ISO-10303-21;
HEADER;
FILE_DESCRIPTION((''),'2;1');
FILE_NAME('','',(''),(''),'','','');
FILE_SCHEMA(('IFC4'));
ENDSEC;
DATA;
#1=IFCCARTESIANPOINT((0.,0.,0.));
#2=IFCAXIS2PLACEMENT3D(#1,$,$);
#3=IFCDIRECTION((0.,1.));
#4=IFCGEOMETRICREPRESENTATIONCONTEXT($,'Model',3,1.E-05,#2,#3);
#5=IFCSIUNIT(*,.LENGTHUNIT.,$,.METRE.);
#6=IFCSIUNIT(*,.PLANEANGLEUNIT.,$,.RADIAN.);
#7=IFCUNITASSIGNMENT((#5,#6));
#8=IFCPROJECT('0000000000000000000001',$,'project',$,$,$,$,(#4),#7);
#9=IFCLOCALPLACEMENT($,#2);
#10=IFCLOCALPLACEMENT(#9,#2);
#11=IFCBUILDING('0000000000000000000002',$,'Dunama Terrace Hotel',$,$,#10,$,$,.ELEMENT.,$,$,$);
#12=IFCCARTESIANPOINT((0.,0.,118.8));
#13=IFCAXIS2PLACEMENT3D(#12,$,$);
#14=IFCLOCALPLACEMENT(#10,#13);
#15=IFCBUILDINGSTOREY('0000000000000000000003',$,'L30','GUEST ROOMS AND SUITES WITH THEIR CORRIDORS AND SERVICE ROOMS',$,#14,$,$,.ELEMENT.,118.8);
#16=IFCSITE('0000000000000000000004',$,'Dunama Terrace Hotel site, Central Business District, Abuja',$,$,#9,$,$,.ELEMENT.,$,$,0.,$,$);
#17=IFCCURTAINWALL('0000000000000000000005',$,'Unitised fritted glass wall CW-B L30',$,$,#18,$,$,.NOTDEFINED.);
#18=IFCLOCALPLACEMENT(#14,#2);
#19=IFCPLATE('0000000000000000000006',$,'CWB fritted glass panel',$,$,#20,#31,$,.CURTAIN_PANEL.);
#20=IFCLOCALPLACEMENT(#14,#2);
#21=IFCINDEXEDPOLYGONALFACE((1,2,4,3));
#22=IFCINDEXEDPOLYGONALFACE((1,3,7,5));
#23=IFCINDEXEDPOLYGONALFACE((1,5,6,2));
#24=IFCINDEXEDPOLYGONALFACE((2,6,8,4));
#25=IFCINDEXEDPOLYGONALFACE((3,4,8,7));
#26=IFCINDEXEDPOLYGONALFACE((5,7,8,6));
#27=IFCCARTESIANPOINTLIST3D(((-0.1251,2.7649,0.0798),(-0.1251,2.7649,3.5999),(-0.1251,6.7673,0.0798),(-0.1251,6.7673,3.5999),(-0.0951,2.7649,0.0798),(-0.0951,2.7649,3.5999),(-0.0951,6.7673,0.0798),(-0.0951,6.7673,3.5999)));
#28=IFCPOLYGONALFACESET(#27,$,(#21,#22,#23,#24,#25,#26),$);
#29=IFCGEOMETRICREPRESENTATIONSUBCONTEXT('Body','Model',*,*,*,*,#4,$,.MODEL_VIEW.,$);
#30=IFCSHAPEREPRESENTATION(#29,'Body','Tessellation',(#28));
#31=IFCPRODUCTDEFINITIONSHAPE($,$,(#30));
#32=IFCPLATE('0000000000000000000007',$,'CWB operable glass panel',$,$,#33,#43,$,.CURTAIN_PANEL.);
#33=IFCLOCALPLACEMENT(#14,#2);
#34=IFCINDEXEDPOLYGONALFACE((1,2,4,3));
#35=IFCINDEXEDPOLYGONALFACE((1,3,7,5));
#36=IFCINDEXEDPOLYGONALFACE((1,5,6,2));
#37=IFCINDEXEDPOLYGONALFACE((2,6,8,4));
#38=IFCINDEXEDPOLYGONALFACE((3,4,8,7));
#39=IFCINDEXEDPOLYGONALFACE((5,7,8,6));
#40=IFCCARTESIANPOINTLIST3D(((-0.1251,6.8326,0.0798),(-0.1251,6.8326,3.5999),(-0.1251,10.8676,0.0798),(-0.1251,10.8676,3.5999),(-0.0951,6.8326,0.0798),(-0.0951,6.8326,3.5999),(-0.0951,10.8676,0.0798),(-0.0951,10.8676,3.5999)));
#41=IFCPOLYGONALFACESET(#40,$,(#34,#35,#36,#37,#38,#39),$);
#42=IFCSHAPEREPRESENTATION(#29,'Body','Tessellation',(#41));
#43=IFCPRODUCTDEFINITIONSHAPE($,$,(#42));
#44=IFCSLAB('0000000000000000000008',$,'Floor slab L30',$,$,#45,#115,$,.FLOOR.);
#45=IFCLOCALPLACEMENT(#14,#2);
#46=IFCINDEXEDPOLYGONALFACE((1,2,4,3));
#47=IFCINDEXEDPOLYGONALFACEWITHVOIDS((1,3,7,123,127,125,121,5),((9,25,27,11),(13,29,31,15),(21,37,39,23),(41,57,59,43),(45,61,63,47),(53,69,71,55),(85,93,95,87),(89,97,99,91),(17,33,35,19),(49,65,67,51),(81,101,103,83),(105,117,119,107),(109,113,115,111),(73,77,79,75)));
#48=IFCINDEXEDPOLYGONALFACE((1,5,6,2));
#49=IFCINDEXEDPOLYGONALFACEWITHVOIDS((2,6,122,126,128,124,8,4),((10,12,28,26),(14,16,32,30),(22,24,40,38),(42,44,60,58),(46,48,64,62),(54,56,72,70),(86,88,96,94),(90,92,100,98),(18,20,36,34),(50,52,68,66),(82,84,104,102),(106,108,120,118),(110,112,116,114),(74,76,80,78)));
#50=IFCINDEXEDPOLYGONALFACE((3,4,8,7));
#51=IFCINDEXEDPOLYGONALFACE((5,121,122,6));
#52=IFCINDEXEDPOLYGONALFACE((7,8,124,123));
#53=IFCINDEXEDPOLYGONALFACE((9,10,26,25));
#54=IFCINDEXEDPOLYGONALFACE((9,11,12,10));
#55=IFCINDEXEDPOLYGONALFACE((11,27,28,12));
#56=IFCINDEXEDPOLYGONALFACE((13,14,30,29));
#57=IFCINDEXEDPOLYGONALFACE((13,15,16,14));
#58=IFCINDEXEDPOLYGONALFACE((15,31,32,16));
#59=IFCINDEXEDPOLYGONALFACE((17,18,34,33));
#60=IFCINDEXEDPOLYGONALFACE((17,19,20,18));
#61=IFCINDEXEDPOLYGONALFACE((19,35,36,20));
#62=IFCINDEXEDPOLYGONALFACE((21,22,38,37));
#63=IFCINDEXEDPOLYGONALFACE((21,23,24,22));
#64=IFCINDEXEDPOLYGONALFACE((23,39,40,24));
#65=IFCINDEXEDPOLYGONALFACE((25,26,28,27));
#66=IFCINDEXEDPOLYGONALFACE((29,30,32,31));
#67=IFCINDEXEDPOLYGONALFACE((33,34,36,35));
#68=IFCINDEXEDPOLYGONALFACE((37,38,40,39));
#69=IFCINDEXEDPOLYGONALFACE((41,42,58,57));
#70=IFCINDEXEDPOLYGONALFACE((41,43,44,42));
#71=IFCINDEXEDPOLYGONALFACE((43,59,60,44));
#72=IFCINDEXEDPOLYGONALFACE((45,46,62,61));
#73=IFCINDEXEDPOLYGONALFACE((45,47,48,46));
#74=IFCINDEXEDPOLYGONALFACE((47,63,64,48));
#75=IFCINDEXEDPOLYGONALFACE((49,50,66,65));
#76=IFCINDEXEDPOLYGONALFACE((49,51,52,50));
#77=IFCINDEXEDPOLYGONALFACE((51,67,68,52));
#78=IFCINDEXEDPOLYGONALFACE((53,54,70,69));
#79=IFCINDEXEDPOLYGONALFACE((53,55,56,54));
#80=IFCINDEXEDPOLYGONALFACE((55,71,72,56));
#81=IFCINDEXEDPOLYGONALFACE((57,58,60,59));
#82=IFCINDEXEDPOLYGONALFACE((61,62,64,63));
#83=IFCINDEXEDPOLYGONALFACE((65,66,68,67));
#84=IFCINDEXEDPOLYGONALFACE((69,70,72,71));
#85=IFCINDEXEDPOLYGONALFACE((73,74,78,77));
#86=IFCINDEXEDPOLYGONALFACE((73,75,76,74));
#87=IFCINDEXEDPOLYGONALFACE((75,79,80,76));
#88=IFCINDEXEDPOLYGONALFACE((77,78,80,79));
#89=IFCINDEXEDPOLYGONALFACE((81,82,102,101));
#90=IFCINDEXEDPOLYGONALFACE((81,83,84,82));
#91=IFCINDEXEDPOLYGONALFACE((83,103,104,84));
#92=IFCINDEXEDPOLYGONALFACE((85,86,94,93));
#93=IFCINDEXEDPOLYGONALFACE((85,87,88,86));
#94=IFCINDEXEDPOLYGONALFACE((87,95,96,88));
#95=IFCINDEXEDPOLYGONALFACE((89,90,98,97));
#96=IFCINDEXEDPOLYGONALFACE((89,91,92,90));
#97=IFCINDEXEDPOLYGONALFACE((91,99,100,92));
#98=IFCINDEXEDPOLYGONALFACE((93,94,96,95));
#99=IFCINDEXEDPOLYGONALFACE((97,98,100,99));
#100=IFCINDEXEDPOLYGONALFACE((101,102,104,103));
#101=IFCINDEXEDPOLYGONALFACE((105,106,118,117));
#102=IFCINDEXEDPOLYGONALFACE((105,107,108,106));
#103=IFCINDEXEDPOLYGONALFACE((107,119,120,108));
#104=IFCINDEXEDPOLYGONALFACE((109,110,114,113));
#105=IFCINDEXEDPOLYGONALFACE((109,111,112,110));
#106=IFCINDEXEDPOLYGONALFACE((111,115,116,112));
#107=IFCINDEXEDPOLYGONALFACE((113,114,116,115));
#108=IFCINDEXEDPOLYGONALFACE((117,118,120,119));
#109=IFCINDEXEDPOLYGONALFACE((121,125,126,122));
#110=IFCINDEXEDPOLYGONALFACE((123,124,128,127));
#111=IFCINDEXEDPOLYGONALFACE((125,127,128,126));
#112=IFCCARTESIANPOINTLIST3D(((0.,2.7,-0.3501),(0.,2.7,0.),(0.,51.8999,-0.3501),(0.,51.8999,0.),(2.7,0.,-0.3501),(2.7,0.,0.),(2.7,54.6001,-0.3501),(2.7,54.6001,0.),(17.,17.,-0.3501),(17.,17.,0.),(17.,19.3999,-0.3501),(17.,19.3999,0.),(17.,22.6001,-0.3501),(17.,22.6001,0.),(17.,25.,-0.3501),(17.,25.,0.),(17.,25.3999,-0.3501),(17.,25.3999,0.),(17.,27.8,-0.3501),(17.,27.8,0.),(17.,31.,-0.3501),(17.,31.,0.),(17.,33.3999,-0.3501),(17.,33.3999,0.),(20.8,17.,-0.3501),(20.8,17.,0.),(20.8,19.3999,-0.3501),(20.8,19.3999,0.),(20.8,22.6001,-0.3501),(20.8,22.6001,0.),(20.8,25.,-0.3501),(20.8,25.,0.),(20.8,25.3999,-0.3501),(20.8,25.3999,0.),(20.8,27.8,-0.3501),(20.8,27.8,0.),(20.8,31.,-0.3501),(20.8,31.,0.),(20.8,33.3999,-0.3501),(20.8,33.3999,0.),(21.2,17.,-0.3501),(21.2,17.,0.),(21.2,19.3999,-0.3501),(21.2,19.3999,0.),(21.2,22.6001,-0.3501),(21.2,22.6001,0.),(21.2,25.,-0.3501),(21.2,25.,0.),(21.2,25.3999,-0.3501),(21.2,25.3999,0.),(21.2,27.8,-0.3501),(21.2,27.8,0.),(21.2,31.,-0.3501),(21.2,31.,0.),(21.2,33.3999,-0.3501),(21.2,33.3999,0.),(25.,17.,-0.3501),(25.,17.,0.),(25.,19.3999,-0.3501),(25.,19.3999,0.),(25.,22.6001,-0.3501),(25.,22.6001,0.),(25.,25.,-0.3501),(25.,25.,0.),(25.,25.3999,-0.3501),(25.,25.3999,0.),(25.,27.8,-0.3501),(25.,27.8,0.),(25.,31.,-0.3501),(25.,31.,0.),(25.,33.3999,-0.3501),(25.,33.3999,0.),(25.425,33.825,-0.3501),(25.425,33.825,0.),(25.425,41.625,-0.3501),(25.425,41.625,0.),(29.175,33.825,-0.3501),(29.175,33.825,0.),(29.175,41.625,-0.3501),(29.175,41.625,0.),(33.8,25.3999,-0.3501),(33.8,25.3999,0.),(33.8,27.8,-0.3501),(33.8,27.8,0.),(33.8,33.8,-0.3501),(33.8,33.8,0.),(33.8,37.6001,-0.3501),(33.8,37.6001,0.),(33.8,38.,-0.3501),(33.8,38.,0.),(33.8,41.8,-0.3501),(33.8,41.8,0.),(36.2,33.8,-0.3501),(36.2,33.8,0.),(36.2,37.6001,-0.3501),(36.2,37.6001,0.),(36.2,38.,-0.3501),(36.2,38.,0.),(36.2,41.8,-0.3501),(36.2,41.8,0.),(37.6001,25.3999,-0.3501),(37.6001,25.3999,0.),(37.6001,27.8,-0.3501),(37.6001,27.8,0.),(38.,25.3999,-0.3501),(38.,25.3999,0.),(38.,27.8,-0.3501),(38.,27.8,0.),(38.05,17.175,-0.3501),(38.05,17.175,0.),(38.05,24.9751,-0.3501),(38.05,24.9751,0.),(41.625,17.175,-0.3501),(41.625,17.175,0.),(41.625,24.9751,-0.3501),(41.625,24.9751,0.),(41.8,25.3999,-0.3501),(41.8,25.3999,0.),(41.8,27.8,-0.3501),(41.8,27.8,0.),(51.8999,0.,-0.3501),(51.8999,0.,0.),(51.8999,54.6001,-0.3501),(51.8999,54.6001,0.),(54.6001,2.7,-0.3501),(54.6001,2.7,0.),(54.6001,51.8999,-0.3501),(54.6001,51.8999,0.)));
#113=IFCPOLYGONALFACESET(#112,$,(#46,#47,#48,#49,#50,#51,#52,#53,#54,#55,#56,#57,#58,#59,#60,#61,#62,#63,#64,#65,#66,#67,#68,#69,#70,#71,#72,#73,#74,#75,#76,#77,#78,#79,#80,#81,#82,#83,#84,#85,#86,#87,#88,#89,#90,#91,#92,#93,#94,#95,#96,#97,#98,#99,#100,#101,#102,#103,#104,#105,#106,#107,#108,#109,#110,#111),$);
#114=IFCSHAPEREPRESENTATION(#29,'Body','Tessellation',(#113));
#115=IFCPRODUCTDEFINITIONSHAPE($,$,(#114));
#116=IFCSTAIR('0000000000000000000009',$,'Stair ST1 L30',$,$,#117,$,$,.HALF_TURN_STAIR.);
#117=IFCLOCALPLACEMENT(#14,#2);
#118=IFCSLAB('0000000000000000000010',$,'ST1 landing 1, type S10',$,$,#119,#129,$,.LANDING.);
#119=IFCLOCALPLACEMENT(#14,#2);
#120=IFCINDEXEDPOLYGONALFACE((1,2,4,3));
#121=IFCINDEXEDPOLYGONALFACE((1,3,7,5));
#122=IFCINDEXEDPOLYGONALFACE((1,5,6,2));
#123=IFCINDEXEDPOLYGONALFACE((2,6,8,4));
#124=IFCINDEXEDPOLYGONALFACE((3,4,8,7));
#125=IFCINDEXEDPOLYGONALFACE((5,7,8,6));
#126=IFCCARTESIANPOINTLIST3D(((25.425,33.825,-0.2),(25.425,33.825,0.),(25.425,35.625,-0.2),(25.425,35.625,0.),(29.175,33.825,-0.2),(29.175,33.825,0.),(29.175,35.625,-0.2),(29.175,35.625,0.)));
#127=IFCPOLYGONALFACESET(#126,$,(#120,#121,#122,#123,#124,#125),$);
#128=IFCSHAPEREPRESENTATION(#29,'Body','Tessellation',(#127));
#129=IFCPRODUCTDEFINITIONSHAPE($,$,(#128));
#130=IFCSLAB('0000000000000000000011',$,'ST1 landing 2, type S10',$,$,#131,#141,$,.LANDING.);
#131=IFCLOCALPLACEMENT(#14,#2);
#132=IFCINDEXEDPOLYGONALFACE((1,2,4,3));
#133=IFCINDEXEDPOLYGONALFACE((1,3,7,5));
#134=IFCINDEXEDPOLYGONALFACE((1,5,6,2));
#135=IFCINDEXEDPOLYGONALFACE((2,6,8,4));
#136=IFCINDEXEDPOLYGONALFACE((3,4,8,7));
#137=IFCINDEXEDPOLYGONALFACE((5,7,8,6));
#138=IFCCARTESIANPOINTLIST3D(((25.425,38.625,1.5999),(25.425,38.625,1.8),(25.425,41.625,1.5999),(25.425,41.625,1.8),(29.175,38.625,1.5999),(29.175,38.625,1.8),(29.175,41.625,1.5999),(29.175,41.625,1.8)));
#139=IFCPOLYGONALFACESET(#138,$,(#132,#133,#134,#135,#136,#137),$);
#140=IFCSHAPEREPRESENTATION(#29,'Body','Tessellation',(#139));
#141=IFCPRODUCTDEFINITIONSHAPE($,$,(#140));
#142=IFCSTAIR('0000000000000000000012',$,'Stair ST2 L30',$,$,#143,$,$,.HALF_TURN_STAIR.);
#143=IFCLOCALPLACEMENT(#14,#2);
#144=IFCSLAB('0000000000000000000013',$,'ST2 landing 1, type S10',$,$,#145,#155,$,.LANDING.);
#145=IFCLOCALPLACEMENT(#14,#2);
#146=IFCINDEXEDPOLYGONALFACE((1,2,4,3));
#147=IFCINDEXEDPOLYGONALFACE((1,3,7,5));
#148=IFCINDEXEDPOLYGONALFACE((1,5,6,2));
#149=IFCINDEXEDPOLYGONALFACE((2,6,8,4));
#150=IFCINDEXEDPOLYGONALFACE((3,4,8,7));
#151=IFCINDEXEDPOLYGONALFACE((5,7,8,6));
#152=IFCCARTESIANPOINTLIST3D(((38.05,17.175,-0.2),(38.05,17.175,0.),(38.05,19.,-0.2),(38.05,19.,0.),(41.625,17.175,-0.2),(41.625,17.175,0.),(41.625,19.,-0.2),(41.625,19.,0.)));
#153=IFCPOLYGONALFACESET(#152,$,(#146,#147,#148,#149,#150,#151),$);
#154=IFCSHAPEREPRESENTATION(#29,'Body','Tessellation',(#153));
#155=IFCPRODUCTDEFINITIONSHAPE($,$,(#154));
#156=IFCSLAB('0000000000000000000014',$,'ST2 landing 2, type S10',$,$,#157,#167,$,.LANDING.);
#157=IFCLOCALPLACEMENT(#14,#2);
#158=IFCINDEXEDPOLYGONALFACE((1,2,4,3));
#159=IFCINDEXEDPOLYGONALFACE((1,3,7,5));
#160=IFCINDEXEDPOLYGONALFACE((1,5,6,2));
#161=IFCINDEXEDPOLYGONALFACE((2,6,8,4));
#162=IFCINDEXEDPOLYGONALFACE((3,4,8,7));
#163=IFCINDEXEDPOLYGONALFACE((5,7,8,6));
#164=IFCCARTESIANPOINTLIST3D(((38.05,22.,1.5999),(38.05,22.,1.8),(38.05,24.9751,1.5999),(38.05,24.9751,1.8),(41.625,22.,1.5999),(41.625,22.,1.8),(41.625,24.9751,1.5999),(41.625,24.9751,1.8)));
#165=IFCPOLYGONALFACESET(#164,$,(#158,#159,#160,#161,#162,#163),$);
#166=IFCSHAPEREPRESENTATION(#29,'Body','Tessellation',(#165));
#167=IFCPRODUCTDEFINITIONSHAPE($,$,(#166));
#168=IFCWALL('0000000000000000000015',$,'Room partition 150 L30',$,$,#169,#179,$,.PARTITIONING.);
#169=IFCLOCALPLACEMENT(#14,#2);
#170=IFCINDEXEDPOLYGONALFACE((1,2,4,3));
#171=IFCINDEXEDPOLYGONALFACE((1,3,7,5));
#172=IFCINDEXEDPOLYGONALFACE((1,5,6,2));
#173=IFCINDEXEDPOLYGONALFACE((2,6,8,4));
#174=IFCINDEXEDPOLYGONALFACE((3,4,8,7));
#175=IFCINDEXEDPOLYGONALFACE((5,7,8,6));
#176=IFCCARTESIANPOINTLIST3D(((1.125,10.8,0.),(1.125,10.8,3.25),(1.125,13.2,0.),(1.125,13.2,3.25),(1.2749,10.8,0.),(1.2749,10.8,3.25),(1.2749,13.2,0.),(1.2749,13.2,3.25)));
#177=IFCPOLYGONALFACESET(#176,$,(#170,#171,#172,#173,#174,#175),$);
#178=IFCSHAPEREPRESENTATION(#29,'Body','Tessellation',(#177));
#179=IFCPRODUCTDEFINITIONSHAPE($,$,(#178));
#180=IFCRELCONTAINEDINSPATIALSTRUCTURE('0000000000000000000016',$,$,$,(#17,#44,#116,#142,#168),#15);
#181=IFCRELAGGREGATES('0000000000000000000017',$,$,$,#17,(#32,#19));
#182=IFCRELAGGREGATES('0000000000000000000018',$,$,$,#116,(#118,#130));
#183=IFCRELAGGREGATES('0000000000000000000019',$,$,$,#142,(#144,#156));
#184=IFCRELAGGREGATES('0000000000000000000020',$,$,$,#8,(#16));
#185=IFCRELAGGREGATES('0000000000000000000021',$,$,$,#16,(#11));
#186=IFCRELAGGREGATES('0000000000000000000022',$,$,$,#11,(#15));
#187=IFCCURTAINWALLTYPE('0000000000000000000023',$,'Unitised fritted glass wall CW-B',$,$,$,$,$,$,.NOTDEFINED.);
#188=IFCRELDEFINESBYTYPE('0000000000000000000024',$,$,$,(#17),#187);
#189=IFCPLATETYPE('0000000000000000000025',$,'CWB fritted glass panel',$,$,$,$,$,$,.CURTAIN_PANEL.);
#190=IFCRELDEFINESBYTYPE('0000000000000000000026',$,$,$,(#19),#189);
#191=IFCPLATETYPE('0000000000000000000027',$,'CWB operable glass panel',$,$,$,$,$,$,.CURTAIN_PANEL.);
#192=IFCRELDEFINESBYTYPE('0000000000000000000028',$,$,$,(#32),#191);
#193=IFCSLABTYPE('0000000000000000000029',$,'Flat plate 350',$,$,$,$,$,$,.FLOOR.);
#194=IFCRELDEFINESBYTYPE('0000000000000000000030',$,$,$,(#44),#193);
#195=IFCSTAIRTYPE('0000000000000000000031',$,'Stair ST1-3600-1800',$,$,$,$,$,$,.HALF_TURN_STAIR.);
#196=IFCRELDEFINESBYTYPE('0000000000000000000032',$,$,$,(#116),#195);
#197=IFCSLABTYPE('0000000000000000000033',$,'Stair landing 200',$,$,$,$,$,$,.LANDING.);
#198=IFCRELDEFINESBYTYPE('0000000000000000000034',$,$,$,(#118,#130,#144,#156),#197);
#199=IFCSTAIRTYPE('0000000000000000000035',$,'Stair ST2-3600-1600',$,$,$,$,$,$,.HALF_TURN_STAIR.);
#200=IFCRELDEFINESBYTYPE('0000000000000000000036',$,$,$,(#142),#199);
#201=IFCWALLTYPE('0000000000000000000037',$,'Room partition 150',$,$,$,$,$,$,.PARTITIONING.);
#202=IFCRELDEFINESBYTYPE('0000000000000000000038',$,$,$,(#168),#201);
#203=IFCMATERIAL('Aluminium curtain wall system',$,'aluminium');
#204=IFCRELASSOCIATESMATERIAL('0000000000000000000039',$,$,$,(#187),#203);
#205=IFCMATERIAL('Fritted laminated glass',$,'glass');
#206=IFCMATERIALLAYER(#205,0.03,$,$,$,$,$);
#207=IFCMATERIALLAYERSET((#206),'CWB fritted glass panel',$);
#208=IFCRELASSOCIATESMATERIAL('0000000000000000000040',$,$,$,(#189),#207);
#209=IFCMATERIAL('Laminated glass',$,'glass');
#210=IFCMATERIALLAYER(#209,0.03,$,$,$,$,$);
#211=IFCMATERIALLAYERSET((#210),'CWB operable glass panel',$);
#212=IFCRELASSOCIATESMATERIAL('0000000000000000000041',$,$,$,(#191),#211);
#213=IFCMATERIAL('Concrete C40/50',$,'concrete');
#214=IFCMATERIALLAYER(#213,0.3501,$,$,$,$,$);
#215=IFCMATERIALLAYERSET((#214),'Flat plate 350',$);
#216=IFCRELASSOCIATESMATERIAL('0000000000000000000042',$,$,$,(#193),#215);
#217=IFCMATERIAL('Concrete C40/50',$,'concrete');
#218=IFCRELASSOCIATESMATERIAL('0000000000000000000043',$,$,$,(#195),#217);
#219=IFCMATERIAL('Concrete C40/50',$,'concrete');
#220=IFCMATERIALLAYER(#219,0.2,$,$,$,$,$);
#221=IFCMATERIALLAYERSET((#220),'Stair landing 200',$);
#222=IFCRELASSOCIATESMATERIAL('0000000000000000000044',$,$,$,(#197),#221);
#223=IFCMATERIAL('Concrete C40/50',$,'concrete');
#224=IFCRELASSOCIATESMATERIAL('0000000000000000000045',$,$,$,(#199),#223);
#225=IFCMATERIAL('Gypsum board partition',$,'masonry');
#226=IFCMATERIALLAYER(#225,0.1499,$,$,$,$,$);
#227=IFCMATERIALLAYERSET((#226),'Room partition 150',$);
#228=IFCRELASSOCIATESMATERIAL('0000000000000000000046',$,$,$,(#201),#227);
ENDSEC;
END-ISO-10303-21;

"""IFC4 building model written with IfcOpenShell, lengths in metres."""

from ifc_helpers import new_model, si_unit, direction, frame, frame_2d, origin, origin_2d, place, context, subcontext, project, spatial, polyline, rectangle, outline, extrude, material, layer, layer_set, type_object, element, aggregate, save


model = new_model("IFC4")

# Units and contexts
model_context = context("Model", 3, precision=1e-05, world=origin(), true_north=direction((0.0, 1.0)))
body_context = subcontext(model_context, "Body", "Model", "MODEL_VIEW")
ifc_project = project(units=[si_unit("LENGTHUNIT", "METRE"), si_unit("PLANEANGLEUNIT", "RADIAN")], contexts=[model_context])

# Site, building, storey
site_placement = place(None, origin())
site = spatial("IfcSite", under=ifc_project, at=site_placement, Name="Dunama Terrace Hotel site, Central Business District, Abuja", CompositionType="ELEMENT", RefElevation=0.0)
building_placement = place(site_placement, origin())
building = spatial("IfcBuilding", under=site, at=building_placement, Name="Dunama Terrace Hotel", CompositionType="ELEMENT")
storey_placement = place(building_placement, frame((0.0, 0.0, 118.8)))
storey = spatial("IfcBuildingStorey", under=building, at=storey_placement, Name="L30", Description="GUEST ROOMS AND SUITES WITH THEIR CORRIDORS AND SERVICE ROOMS", CompositionType="ELEMENT", Elevation=118.8)

# Shared definitions
ifc_material_1 = material(Name="Aluminium curtain wall system", Category="aluminium")
curtain_wall_type = type_object("IfcCurtainWallType", Name="Unitised fritted glass wall CW-B", PredefinedType="NOTDEFINED", material=ifc_material_1)

# Curtain wall
curtain_wall_1_placement = place(storey_placement, origin())
curtain_wall_1 = element("IfcCurtainWall", 1, at=curtain_wall_1_placement, inside=storey, type_object=curtain_wall_type, Name="Unitised fritted glass wall CW-B L30", PredefinedType="NOTDEFINED")

# Plates
ifc_material_2 = material(Name="Fritted laminated glass", Category="glass")
ifc_layer_1 = layer(ifc_material_2, 0.03)
ifc_layer_set_1 = layer_set([ifc_layer_1], Name="CWB fritted glass panel")
plate_type_1 = type_object("IfcPlateType", Name="CWB fritted glass panel", PredefinedType="CURTAIN_PANEL", material=ifc_layer_set_1)
plate_1_placement = place(storey_placement, frame((-0.1101, 4.7661, 0.0798), z_axis=(0.0, 0.0, 1.0), x_axis=(0.0, -1.0, 0.0)))
plate_1 = element("IfcPlate", 2, at=plate_1_placement, type_object=plate_type_1, Name="CWB fritted glass panel", PredefinedType="CURTAIN_PANEL", context=body_context, shape_type="SweptSolid", body=[
    extrude(rectangle(XDim=4.0024, YDim=0.03, at=origin_2d()), origin(), (0.0, 0.0, 1.0), 3.52),
])
ifc_material_3 = material(Name="Laminated glass", Category="glass")
ifc_layer_2 = layer(ifc_material_3, 0.03)
ifc_layer_set_2 = layer_set([ifc_layer_2], Name="CWB operable glass panel")
plate_type_2 = type_object("IfcPlateType", Name="CWB operable glass panel", PredefinedType="CURTAIN_PANEL", material=ifc_layer_set_2)
plate_2_placement = place(storey_placement, frame((-0.1101, 8.8501, 0.0798), z_axis=(0.0, 0.0, 1.0), x_axis=(0.0, -1.0, 0.0)))
plate_2 = element("IfcPlate", 3, at=plate_2_placement, type_object=plate_type_2, Name="CWB operable glass panel", PredefinedType="CURTAIN_PANEL", context=body_context, shape_type="SweptSolid", body=[
    extrude(rectangle(XDim=4.0349, YDim=0.03, at=origin_2d()), origin(), (0.0, 0.0, 1.0), 3.52),
])
aggregate(curtain_wall_1, [plate_2, plate_1])

# Slab
ifc_material_4 = material(Name="Concrete C40/50", Category="concrete")
ifc_layer_3 = layer(ifc_material_4, 0.3501)
ifc_layer_set_3 = layer_set([ifc_layer_3], Name="Flat plate 350")
slab_type_1 = type_object("IfcSlabType", Name="Flat plate 350", PredefinedType="FLOOR", material=ifc_layer_set_3)
slab_1_placement = place(storey_placement, frame((0.0, 0.0, -0.3501)))
element("IfcSlab", 4, at=slab_1_placement, inside=storey, type_object=slab_type_1, Name="Floor slab L30", PredefinedType="FLOOR", context=body_context, shape_type="SweptSolid", body=[
    extrude(outline(polyline([(2.7, 0.0), (51.8999, 0.0), (54.6001, 2.7), (54.6001, 51.8999), (51.8999, 54.6001), (2.7, 54.6001), (0.0, 51.8999), (0.0, 2.7), (2.7, 0.0)]), holes=[polyline([(37.6001, 25.3999), (37.6001, 27.8), (33.8, 27.8), (33.8, 25.3999), (37.6001, 25.3999)]), polyline([(41.8, 25.3999), (41.8, 27.8), (38.0, 27.8), (38.0, 25.3999), (41.8, 25.3999)]), polyline([(20.8, 17.0), (20.8, 19.3999), (17.0, 19.3999), (17.0, 17.0), (20.8, 17.0)]), polyline([(25.0, 17.0), (25.0, 19.3999), (21.2, 19.3999), (21.2, 17.0), (25.0, 17.0)]), polyline([(20.8, 22.6001), (20.8, 25.0), (17.0, 25.0), (17.0, 22.6001), (20.8, 22.6001)]), polyline([(25.0, 22.6001), (25.0, 25.0), (21.2, 25.0), (21.2, 22.6001), (25.0, 22.6001)]), polyline([(20.8, 25.3999), (20.8, 27.8), (17.0, 27.8), (17.0, 25.3999), (20.8, 25.3999)]), polyline([(25.0, 25.3999), (25.0, 27.8), (21.2, 27.8), (21.2, 25.3999), (25.0, 25.3999)]), polyline([(20.8, 31.0), (20.8, 33.3999), (17.0, 33.3999), (17.0, 31.0), (20.8, 31.0)]), polyline([(25.0, 31.0), (25.0, 33.3999), (21.2, 33.3999), (21.2, 31.0), (25.0, 31.0)]), polyline([(36.2, 38.0), (36.2, 41.8), (33.8, 41.8), (33.8, 38.0), (36.2, 38.0)]), polyline([(36.2, 33.8), (36.2, 37.6001), (33.8, 37.6001), (33.8, 33.8), (36.2, 33.8)]), polyline([(29.175, 33.825), (29.175, 41.625), (25.425, 41.625), (25.425, 33.825), (29.175, 33.825)]), polyline([(41.625, 17.175), (41.625, 24.9751), (38.05, 24.9751), (38.05, 17.175), (41.625, 17.175)])]), origin(), (0.0, 0.0, 1.0), 0.3501),
])

# Stairs, slabs
ifc_material_5 = material(Name="Concrete C40/50", Category="concrete")
stair_type_1 = type_object("IfcStairType", Name="Stair ST1-3600-1800", PredefinedType="HALF_TURN_STAIR", material=ifc_material_5)
stair_1_placement = place(storey_placement, origin())
stair_1 = element("IfcStair", 5, at=stair_1_placement, inside=storey, type_object=stair_type_1, Name="Stair ST1 L30", PredefinedType="HALF_TURN_STAIR")
ifc_material_6 = material(Name="Concrete C40/50", Category="concrete")
ifc_layer_4 = layer(ifc_material_6, 0.2)
ifc_layer_set_4 = layer_set([ifc_layer_4], Name="Stair landing 200")
slab_type_2 = type_object("IfcSlabType", Name="Stair landing 200", PredefinedType="LANDING", material=ifc_layer_set_4)
slab_2_placement = place(storey_placement, frame((0.0, 0.0, -0.2)))
slab_2 = element("IfcSlab", 6, at=slab_2_placement, type_object=slab_type_2, Name="ST1 landing 1, type S10", PredefinedType="LANDING", context=body_context, shape_type="SweptSolid", body=[
    extrude(outline(polyline([(25.425, 33.825), (29.175, 33.825), (29.175, 35.625), (25.425, 35.625), (25.425, 33.825)])), origin(), (0.0, 0.0, 1.0), 0.2),
])
slab_3_placement = place(storey_placement, frame((0.0, 0.0, 1.5999)))
slab_3 = element("IfcSlab", 7, at=slab_3_placement, type_object=slab_type_2, Name="ST1 landing 2, type S10", PredefinedType="LANDING", context=body_context, shape_type="SweptSolid", body=[
    extrude(outline(polyline([(25.425, 38.625), (29.175, 38.625), (29.175, 41.625), (25.425, 41.625), (25.425, 38.625)])), origin(), (0.0, 0.0, 1.0), 0.2002),
])
aggregate(stair_1, [slab_2, slab_3])
ifc_material_7 = material(Name="Concrete C40/50", Category="concrete")
stair_type_2 = type_object("IfcStairType", Name="Stair ST2-3600-1600", PredefinedType="HALF_TURN_STAIR", material=ifc_material_7)
stair_2_placement = place(storey_placement, origin())
stair_2 = element("IfcStair", 8, at=stair_2_placement, inside=storey, type_object=stair_type_2, Name="Stair ST2 L30", PredefinedType="HALF_TURN_STAIR")
slab_4_placement = place(storey_placement, frame((0.0, 0.0, -0.2)))
slab_4 = element("IfcSlab", 9, at=slab_4_placement, type_object=slab_type_2, Name="ST2 landing 1, type S10", PredefinedType="LANDING", context=body_context, shape_type="SweptSolid", body=[
    extrude(outline(polyline([(38.05, 17.175), (41.625, 17.175), (41.625, 19.0), (38.05, 19.0), (38.05, 17.175)])), origin(), (0.0, 0.0, 1.0), 0.2),
])
slab_5_placement = place(storey_placement, frame((0.0, 0.0, 1.5999)))
slab_5 = element("IfcSlab", 10, at=slab_5_placement, type_object=slab_type_2, Name="ST2 landing 2, type S10", PredefinedType="LANDING", context=body_context, shape_type="SweptSolid", body=[
    extrude(outline(polyline([(38.05, 22.0), (41.625, 22.0), (41.625, 24.9751), (38.05, 24.9751), (38.05, 22.0)])), origin(), (0.0, 0.0, 1.0), 0.2002),
])
aggregate(stair_2, [slab_4, slab_5])

# Wall
ifc_material_8 = material(Name="Gypsum board partition", Category="masonry")
ifc_layer_5 = layer(ifc_material_8, 0.1499)
ifc_layer_set_5 = layer_set([ifc_layer_5], Name="Room partition 150")
wall_type = type_object("IfcWallType", Name="Room partition 150", PredefinedType="PARTITIONING", material=ifc_layer_set_5)
wall_1_placement = place(storey_placement, frame((1.2, 10.8, 0.0), z_axis=(0.0, 0.0, 1.0), x_axis=(0.0, 1.0, 0.0)))
element("IfcWall", 11, at=wall_1_placement, inside=storey, type_object=wall_type, Name="Room partition 150 L30", PredefinedType="PARTITIONING", context=body_context, shape_type="SweptSolid", body=[
    extrude(rectangle(XDim=2.3999, YDim=0.1499, at=frame_2d((1.2, 0.0))), origin(), (0.0, 0.0, 1.0), 3.25),
])

save(model, "model.ifc")
